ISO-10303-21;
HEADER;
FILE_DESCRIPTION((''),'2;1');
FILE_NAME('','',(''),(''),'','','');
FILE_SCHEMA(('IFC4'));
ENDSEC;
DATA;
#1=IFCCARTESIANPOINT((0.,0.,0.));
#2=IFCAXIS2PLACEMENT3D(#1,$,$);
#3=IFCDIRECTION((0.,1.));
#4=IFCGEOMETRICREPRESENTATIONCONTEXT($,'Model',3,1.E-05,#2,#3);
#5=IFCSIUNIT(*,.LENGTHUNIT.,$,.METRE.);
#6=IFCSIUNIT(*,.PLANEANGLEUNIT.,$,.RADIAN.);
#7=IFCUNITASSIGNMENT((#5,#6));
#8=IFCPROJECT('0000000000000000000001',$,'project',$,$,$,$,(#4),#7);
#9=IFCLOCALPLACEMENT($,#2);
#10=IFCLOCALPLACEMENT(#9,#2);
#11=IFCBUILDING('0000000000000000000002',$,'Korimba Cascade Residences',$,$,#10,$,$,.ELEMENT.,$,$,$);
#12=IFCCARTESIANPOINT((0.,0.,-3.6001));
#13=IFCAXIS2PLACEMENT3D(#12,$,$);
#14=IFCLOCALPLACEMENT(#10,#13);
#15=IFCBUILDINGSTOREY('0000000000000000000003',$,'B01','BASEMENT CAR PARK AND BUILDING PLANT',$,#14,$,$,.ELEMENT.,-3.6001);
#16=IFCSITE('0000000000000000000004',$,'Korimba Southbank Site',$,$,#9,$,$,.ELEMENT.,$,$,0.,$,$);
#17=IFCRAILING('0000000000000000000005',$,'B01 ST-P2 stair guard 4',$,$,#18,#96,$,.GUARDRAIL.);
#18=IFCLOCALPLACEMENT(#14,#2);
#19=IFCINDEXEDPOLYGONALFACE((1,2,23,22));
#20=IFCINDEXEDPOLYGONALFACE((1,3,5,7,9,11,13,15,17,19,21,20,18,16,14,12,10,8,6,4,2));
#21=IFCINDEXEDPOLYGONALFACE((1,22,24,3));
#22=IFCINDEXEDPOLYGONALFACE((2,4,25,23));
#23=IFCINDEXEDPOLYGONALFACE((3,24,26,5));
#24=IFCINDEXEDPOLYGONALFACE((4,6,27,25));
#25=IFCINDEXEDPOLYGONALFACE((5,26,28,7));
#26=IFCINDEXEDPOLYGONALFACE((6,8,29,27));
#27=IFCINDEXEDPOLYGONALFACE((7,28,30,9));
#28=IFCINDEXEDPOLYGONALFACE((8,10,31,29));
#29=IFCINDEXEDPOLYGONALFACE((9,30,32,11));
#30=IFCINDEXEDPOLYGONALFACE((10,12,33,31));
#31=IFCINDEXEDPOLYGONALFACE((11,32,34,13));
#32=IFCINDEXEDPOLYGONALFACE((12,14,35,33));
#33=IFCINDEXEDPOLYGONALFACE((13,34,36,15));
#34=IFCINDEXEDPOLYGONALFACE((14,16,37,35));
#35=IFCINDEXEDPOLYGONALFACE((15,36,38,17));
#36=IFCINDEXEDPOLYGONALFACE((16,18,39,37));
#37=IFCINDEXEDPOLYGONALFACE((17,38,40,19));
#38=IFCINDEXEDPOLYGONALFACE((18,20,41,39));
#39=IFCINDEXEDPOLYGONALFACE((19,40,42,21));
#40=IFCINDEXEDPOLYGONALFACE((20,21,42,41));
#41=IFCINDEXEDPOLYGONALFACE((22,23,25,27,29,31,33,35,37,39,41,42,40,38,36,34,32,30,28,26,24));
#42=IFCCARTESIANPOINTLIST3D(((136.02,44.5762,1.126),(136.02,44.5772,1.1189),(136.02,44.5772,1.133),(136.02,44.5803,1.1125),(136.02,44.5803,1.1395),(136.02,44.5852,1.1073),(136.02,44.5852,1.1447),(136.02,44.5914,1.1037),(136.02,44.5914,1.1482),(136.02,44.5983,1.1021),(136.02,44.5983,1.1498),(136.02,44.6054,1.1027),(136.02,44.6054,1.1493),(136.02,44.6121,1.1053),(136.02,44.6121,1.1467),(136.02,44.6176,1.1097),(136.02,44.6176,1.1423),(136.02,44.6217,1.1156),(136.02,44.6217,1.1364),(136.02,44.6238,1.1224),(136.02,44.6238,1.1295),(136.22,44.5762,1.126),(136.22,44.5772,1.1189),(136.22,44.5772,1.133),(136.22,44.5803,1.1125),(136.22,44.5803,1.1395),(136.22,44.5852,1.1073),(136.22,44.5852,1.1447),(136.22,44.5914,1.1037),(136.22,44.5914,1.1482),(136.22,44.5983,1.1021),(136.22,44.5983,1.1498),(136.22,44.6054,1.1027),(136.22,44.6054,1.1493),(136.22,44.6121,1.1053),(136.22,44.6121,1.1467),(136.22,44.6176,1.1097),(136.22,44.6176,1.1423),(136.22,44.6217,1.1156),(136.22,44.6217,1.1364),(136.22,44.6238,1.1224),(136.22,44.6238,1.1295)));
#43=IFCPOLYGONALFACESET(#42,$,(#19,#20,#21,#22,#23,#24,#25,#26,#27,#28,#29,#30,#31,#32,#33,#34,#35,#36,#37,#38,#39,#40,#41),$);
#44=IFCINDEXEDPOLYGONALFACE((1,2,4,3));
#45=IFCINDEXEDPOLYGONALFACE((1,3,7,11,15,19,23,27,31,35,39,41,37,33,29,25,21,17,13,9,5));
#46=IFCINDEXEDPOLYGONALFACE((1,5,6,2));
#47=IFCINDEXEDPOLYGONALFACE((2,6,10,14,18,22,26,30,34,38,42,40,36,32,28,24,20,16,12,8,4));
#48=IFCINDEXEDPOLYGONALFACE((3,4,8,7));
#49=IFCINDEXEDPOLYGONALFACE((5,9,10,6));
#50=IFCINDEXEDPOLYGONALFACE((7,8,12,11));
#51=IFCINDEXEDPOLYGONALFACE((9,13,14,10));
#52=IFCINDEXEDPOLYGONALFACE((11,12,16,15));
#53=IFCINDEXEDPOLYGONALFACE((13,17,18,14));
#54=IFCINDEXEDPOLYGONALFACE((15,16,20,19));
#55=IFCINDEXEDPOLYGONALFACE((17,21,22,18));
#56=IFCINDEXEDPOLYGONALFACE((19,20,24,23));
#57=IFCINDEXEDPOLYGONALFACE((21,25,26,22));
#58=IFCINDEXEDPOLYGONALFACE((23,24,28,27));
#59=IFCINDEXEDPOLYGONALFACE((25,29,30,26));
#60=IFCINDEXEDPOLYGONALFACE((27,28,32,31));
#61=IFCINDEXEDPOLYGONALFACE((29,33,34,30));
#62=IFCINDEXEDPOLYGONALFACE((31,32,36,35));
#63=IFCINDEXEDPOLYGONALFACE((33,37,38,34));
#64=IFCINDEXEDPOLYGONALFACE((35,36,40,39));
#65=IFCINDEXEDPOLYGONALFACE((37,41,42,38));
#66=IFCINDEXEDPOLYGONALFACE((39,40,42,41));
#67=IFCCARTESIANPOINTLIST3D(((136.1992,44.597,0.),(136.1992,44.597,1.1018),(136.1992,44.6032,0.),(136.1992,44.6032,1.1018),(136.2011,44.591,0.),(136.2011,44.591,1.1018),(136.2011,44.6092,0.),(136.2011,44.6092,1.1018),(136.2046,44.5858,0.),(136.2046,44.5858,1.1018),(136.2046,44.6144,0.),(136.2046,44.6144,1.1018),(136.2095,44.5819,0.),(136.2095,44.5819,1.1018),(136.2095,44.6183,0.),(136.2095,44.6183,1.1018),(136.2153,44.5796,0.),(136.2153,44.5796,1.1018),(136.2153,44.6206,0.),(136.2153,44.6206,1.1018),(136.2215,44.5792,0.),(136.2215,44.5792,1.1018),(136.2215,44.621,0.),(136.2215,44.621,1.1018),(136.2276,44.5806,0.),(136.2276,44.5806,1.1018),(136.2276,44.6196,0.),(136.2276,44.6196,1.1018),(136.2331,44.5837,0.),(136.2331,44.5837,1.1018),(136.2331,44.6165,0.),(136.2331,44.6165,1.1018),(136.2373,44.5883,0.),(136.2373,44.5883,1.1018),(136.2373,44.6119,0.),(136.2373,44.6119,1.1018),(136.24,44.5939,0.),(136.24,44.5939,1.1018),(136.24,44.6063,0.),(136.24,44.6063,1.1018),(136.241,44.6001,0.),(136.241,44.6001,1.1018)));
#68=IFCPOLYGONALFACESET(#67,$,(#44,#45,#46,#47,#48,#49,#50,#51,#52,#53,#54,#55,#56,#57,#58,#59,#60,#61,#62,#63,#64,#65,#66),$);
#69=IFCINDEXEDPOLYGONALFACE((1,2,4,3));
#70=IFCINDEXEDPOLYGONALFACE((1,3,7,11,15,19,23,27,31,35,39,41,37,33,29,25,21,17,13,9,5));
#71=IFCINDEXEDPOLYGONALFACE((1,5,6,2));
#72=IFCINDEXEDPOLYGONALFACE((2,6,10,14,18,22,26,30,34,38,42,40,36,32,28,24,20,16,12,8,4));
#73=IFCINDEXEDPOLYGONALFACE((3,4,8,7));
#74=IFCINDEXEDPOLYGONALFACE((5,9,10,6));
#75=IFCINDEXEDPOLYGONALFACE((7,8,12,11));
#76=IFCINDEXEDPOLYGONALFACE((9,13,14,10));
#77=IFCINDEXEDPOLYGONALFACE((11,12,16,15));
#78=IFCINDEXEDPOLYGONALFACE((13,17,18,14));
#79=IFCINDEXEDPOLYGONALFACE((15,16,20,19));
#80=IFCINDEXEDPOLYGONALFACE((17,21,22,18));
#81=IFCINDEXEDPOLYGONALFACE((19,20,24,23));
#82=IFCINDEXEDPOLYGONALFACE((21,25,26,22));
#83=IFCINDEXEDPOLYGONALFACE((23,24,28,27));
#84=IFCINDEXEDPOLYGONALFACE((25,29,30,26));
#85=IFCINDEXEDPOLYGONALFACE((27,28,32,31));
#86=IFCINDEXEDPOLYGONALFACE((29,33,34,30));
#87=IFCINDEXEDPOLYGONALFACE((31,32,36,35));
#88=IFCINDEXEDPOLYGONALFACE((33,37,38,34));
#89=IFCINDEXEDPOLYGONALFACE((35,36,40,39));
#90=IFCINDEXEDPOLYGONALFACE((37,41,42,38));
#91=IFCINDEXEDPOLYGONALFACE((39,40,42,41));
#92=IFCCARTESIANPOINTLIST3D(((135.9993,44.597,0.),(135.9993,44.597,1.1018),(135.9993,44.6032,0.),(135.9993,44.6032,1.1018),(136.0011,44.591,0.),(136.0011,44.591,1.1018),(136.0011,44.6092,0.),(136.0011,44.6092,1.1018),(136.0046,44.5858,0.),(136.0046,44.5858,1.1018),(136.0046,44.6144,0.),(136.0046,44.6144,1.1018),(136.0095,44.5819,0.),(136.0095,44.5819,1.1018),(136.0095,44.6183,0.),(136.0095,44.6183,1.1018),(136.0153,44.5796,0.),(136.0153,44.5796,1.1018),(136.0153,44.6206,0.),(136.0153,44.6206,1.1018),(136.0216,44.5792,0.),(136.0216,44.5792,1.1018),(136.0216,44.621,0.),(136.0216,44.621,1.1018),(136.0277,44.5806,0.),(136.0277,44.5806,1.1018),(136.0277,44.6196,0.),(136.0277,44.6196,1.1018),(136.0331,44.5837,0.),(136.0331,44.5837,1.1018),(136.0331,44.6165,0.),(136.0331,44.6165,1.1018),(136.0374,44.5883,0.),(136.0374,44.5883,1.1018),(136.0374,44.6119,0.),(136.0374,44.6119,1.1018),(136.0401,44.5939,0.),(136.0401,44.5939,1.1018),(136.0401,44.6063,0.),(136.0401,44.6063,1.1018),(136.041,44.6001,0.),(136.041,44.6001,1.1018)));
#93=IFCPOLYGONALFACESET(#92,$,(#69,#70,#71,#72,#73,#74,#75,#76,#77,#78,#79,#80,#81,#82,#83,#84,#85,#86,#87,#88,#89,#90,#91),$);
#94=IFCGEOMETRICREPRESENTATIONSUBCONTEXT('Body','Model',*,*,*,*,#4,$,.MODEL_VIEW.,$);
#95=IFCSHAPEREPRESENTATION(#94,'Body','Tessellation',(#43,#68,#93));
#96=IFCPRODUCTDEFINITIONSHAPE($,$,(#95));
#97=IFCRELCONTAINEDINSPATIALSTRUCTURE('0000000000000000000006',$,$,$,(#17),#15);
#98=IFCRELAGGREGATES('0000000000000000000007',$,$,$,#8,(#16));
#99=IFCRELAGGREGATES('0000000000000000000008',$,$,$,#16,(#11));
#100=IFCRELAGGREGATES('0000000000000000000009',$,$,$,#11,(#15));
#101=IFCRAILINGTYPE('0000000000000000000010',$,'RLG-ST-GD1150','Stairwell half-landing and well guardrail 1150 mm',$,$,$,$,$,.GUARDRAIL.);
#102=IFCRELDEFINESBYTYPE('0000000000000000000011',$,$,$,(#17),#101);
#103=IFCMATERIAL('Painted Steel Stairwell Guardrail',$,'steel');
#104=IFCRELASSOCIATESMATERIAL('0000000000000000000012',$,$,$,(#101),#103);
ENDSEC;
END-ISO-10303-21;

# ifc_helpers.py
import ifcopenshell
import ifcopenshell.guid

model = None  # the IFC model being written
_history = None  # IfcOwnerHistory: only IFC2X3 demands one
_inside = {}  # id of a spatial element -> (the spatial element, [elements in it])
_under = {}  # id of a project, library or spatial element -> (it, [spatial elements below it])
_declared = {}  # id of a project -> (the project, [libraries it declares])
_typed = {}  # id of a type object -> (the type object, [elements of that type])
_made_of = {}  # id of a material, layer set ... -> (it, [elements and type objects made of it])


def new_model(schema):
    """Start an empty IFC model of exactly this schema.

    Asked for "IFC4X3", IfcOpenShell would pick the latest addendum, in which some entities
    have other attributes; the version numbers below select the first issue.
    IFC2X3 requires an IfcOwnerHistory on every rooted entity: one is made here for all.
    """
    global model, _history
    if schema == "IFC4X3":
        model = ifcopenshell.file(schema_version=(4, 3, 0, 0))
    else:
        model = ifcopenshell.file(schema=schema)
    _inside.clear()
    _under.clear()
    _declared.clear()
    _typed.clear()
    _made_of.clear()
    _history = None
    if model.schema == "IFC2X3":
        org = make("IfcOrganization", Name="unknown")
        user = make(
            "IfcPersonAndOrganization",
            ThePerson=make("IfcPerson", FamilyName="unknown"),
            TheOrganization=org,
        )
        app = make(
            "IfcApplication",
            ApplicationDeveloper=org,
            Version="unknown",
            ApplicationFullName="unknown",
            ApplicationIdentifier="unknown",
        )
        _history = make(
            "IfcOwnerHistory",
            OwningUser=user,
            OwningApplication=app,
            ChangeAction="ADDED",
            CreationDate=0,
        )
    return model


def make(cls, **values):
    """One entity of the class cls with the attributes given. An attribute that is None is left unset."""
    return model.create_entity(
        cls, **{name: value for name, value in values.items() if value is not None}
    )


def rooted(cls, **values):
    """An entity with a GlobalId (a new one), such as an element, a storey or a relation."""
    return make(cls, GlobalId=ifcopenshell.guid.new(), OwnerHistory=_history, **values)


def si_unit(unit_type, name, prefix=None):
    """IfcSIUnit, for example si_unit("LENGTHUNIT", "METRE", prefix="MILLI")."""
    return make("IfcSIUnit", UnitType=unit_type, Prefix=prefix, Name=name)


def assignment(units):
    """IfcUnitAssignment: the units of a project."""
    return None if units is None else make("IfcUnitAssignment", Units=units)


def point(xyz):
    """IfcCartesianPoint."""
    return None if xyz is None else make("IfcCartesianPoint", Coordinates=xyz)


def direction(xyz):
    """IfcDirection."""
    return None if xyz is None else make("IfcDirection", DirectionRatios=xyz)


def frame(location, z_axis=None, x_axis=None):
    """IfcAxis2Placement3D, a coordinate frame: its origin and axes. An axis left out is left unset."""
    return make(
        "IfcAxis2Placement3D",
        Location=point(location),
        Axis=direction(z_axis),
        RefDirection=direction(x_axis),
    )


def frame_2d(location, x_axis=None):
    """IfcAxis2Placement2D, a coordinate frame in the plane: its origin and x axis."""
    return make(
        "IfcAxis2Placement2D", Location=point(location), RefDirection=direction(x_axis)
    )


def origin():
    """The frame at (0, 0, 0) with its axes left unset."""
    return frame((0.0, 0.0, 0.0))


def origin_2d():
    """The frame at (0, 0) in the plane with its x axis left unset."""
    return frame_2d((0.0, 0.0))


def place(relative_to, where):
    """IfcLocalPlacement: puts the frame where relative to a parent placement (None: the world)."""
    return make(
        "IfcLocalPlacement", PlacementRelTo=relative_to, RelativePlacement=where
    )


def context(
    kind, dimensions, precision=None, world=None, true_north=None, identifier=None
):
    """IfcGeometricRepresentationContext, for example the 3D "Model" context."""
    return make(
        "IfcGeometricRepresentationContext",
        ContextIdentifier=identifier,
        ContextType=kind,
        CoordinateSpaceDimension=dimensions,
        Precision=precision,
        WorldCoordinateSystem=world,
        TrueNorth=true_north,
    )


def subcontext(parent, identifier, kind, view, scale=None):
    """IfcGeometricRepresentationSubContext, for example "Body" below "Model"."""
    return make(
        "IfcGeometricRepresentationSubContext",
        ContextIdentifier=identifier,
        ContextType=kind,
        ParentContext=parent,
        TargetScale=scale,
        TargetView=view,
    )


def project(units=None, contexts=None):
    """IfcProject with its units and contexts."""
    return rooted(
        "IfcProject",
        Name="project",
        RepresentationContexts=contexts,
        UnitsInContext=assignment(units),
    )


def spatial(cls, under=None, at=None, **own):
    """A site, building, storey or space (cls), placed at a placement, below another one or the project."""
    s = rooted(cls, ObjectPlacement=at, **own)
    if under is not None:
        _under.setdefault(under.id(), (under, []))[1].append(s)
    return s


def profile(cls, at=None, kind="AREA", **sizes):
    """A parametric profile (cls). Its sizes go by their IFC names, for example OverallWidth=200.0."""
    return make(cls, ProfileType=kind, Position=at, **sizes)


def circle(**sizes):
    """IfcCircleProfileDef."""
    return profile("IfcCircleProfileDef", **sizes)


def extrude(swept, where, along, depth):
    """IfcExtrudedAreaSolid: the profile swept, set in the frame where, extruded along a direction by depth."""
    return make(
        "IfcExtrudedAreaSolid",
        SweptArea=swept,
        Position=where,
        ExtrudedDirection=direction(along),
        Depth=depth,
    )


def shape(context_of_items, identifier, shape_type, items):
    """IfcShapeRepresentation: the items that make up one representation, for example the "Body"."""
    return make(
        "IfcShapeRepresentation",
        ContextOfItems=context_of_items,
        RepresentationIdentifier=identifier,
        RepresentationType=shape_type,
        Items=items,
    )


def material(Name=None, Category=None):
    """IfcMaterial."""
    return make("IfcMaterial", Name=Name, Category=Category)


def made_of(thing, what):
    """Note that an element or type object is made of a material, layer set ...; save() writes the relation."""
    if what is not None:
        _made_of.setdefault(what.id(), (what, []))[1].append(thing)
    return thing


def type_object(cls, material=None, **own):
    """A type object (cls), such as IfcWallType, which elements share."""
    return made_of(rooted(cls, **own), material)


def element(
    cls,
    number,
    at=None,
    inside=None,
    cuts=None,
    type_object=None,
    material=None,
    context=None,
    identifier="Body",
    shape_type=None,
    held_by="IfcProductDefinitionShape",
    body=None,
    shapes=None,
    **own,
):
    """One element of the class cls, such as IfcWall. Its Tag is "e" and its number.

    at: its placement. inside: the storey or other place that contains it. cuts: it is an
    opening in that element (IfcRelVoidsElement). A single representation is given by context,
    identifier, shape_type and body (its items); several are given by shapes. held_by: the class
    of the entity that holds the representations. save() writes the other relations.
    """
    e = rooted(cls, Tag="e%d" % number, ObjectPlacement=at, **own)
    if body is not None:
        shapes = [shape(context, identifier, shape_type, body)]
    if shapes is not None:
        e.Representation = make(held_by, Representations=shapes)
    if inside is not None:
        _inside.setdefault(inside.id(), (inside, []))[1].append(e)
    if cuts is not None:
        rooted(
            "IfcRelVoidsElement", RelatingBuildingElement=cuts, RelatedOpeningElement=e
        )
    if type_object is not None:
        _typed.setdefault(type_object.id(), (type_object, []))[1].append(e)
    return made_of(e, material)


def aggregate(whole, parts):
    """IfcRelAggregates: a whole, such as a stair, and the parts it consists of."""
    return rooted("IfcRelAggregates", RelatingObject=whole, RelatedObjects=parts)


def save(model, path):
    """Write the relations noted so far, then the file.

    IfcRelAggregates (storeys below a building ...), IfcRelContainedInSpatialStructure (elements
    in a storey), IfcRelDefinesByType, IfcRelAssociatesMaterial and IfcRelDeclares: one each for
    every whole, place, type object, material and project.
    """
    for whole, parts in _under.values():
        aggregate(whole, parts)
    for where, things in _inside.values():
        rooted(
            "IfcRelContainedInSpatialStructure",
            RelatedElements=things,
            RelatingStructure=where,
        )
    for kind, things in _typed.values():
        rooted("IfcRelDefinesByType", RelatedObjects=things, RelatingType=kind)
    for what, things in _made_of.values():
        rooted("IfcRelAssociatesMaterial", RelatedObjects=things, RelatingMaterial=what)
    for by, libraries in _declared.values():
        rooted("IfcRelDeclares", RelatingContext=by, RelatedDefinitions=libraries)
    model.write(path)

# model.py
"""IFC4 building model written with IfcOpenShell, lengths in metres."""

from ifc_helpers import new_model, si_unit, direction, frame, origin, origin_2d, place, context, subcontext, project, spatial, circle, extrude, material, type_object, element, save


model = new_model("IFC4")

# Units and contexts
model_context = context("Model", 3, precision=1e-05, world=origin(), true_north=direction((0.0, 1.0)))
body_context = subcontext(model_context, "Body", "Model", "MODEL_VIEW")
ifc_project = project(units=[si_unit("LENGTHUNIT", "METRE"), si_unit("PLANEANGLEUNIT", "RADIAN")], contexts=[model_context])

# Site, building, storey
site_placement = place(None, origin())
site = spatial("IfcSite", under=ifc_project, at=site_placement, Name="Korimba Southbank Site", CompositionType="ELEMENT", RefElevation=0.0)
building_placement = place(site_placement, origin())
building = spatial("IfcBuilding", under=site, at=building_placement, Name="Korimba Cascade Residences", CompositionType="ELEMENT")
storey_placement = place(building_placement, frame((0.0, 0.0, -3.6001)))
storey = spatial("IfcBuildingStorey", under=building, at=storey_placement, Name="B01", Description="BASEMENT CAR PARK AND BUILDING PLANT", CompositionType="ELEMENT", Elevation=-3.6001)

# Railing
ifc_material_1 = material(Name="Painted Steel Stairwell Guardrail", Category="steel")
railing_type_1 = type_object("IfcRailingType", Name="RLG-ST-GD1150", Description="Stairwell half-landing and well guardrail 1150 mm", PredefinedType="GUARDRAIL", material=ifc_material_1)
railing_1_placement = place(storey_placement, frame((136.22, 44.6001, 0.0)))
element("IfcRailing", 1, at=railing_1_placement, inside=storey, type_object=railing_type_1, Name="B01 ST-P2 stair guard 4", PredefinedType="GUARDRAIL", context=body_context, shape_type="SweptSolid", body=[
    extrude(circle(Radius=0.0239, at=origin_2d()), frame((0.0, 0.0, 1.126), z_axis=(-1.0, 0.0, 0.0), x_axis=(0.0, -1.0, 0.0)), (0.0, 0.0, 1.0), 0.2),
    extrude(circle(Radius=0.021, at=origin_2d()), origin(), (0.0, 0.0, 1.0), 1.1018),
    extrude(circle(Radius=0.021, at=origin_2d()), frame((-0.2, 0.0, 0.0)), (0.0, 0.0, 1.0), 1.1018),
])

save(model, "model.ifc")
